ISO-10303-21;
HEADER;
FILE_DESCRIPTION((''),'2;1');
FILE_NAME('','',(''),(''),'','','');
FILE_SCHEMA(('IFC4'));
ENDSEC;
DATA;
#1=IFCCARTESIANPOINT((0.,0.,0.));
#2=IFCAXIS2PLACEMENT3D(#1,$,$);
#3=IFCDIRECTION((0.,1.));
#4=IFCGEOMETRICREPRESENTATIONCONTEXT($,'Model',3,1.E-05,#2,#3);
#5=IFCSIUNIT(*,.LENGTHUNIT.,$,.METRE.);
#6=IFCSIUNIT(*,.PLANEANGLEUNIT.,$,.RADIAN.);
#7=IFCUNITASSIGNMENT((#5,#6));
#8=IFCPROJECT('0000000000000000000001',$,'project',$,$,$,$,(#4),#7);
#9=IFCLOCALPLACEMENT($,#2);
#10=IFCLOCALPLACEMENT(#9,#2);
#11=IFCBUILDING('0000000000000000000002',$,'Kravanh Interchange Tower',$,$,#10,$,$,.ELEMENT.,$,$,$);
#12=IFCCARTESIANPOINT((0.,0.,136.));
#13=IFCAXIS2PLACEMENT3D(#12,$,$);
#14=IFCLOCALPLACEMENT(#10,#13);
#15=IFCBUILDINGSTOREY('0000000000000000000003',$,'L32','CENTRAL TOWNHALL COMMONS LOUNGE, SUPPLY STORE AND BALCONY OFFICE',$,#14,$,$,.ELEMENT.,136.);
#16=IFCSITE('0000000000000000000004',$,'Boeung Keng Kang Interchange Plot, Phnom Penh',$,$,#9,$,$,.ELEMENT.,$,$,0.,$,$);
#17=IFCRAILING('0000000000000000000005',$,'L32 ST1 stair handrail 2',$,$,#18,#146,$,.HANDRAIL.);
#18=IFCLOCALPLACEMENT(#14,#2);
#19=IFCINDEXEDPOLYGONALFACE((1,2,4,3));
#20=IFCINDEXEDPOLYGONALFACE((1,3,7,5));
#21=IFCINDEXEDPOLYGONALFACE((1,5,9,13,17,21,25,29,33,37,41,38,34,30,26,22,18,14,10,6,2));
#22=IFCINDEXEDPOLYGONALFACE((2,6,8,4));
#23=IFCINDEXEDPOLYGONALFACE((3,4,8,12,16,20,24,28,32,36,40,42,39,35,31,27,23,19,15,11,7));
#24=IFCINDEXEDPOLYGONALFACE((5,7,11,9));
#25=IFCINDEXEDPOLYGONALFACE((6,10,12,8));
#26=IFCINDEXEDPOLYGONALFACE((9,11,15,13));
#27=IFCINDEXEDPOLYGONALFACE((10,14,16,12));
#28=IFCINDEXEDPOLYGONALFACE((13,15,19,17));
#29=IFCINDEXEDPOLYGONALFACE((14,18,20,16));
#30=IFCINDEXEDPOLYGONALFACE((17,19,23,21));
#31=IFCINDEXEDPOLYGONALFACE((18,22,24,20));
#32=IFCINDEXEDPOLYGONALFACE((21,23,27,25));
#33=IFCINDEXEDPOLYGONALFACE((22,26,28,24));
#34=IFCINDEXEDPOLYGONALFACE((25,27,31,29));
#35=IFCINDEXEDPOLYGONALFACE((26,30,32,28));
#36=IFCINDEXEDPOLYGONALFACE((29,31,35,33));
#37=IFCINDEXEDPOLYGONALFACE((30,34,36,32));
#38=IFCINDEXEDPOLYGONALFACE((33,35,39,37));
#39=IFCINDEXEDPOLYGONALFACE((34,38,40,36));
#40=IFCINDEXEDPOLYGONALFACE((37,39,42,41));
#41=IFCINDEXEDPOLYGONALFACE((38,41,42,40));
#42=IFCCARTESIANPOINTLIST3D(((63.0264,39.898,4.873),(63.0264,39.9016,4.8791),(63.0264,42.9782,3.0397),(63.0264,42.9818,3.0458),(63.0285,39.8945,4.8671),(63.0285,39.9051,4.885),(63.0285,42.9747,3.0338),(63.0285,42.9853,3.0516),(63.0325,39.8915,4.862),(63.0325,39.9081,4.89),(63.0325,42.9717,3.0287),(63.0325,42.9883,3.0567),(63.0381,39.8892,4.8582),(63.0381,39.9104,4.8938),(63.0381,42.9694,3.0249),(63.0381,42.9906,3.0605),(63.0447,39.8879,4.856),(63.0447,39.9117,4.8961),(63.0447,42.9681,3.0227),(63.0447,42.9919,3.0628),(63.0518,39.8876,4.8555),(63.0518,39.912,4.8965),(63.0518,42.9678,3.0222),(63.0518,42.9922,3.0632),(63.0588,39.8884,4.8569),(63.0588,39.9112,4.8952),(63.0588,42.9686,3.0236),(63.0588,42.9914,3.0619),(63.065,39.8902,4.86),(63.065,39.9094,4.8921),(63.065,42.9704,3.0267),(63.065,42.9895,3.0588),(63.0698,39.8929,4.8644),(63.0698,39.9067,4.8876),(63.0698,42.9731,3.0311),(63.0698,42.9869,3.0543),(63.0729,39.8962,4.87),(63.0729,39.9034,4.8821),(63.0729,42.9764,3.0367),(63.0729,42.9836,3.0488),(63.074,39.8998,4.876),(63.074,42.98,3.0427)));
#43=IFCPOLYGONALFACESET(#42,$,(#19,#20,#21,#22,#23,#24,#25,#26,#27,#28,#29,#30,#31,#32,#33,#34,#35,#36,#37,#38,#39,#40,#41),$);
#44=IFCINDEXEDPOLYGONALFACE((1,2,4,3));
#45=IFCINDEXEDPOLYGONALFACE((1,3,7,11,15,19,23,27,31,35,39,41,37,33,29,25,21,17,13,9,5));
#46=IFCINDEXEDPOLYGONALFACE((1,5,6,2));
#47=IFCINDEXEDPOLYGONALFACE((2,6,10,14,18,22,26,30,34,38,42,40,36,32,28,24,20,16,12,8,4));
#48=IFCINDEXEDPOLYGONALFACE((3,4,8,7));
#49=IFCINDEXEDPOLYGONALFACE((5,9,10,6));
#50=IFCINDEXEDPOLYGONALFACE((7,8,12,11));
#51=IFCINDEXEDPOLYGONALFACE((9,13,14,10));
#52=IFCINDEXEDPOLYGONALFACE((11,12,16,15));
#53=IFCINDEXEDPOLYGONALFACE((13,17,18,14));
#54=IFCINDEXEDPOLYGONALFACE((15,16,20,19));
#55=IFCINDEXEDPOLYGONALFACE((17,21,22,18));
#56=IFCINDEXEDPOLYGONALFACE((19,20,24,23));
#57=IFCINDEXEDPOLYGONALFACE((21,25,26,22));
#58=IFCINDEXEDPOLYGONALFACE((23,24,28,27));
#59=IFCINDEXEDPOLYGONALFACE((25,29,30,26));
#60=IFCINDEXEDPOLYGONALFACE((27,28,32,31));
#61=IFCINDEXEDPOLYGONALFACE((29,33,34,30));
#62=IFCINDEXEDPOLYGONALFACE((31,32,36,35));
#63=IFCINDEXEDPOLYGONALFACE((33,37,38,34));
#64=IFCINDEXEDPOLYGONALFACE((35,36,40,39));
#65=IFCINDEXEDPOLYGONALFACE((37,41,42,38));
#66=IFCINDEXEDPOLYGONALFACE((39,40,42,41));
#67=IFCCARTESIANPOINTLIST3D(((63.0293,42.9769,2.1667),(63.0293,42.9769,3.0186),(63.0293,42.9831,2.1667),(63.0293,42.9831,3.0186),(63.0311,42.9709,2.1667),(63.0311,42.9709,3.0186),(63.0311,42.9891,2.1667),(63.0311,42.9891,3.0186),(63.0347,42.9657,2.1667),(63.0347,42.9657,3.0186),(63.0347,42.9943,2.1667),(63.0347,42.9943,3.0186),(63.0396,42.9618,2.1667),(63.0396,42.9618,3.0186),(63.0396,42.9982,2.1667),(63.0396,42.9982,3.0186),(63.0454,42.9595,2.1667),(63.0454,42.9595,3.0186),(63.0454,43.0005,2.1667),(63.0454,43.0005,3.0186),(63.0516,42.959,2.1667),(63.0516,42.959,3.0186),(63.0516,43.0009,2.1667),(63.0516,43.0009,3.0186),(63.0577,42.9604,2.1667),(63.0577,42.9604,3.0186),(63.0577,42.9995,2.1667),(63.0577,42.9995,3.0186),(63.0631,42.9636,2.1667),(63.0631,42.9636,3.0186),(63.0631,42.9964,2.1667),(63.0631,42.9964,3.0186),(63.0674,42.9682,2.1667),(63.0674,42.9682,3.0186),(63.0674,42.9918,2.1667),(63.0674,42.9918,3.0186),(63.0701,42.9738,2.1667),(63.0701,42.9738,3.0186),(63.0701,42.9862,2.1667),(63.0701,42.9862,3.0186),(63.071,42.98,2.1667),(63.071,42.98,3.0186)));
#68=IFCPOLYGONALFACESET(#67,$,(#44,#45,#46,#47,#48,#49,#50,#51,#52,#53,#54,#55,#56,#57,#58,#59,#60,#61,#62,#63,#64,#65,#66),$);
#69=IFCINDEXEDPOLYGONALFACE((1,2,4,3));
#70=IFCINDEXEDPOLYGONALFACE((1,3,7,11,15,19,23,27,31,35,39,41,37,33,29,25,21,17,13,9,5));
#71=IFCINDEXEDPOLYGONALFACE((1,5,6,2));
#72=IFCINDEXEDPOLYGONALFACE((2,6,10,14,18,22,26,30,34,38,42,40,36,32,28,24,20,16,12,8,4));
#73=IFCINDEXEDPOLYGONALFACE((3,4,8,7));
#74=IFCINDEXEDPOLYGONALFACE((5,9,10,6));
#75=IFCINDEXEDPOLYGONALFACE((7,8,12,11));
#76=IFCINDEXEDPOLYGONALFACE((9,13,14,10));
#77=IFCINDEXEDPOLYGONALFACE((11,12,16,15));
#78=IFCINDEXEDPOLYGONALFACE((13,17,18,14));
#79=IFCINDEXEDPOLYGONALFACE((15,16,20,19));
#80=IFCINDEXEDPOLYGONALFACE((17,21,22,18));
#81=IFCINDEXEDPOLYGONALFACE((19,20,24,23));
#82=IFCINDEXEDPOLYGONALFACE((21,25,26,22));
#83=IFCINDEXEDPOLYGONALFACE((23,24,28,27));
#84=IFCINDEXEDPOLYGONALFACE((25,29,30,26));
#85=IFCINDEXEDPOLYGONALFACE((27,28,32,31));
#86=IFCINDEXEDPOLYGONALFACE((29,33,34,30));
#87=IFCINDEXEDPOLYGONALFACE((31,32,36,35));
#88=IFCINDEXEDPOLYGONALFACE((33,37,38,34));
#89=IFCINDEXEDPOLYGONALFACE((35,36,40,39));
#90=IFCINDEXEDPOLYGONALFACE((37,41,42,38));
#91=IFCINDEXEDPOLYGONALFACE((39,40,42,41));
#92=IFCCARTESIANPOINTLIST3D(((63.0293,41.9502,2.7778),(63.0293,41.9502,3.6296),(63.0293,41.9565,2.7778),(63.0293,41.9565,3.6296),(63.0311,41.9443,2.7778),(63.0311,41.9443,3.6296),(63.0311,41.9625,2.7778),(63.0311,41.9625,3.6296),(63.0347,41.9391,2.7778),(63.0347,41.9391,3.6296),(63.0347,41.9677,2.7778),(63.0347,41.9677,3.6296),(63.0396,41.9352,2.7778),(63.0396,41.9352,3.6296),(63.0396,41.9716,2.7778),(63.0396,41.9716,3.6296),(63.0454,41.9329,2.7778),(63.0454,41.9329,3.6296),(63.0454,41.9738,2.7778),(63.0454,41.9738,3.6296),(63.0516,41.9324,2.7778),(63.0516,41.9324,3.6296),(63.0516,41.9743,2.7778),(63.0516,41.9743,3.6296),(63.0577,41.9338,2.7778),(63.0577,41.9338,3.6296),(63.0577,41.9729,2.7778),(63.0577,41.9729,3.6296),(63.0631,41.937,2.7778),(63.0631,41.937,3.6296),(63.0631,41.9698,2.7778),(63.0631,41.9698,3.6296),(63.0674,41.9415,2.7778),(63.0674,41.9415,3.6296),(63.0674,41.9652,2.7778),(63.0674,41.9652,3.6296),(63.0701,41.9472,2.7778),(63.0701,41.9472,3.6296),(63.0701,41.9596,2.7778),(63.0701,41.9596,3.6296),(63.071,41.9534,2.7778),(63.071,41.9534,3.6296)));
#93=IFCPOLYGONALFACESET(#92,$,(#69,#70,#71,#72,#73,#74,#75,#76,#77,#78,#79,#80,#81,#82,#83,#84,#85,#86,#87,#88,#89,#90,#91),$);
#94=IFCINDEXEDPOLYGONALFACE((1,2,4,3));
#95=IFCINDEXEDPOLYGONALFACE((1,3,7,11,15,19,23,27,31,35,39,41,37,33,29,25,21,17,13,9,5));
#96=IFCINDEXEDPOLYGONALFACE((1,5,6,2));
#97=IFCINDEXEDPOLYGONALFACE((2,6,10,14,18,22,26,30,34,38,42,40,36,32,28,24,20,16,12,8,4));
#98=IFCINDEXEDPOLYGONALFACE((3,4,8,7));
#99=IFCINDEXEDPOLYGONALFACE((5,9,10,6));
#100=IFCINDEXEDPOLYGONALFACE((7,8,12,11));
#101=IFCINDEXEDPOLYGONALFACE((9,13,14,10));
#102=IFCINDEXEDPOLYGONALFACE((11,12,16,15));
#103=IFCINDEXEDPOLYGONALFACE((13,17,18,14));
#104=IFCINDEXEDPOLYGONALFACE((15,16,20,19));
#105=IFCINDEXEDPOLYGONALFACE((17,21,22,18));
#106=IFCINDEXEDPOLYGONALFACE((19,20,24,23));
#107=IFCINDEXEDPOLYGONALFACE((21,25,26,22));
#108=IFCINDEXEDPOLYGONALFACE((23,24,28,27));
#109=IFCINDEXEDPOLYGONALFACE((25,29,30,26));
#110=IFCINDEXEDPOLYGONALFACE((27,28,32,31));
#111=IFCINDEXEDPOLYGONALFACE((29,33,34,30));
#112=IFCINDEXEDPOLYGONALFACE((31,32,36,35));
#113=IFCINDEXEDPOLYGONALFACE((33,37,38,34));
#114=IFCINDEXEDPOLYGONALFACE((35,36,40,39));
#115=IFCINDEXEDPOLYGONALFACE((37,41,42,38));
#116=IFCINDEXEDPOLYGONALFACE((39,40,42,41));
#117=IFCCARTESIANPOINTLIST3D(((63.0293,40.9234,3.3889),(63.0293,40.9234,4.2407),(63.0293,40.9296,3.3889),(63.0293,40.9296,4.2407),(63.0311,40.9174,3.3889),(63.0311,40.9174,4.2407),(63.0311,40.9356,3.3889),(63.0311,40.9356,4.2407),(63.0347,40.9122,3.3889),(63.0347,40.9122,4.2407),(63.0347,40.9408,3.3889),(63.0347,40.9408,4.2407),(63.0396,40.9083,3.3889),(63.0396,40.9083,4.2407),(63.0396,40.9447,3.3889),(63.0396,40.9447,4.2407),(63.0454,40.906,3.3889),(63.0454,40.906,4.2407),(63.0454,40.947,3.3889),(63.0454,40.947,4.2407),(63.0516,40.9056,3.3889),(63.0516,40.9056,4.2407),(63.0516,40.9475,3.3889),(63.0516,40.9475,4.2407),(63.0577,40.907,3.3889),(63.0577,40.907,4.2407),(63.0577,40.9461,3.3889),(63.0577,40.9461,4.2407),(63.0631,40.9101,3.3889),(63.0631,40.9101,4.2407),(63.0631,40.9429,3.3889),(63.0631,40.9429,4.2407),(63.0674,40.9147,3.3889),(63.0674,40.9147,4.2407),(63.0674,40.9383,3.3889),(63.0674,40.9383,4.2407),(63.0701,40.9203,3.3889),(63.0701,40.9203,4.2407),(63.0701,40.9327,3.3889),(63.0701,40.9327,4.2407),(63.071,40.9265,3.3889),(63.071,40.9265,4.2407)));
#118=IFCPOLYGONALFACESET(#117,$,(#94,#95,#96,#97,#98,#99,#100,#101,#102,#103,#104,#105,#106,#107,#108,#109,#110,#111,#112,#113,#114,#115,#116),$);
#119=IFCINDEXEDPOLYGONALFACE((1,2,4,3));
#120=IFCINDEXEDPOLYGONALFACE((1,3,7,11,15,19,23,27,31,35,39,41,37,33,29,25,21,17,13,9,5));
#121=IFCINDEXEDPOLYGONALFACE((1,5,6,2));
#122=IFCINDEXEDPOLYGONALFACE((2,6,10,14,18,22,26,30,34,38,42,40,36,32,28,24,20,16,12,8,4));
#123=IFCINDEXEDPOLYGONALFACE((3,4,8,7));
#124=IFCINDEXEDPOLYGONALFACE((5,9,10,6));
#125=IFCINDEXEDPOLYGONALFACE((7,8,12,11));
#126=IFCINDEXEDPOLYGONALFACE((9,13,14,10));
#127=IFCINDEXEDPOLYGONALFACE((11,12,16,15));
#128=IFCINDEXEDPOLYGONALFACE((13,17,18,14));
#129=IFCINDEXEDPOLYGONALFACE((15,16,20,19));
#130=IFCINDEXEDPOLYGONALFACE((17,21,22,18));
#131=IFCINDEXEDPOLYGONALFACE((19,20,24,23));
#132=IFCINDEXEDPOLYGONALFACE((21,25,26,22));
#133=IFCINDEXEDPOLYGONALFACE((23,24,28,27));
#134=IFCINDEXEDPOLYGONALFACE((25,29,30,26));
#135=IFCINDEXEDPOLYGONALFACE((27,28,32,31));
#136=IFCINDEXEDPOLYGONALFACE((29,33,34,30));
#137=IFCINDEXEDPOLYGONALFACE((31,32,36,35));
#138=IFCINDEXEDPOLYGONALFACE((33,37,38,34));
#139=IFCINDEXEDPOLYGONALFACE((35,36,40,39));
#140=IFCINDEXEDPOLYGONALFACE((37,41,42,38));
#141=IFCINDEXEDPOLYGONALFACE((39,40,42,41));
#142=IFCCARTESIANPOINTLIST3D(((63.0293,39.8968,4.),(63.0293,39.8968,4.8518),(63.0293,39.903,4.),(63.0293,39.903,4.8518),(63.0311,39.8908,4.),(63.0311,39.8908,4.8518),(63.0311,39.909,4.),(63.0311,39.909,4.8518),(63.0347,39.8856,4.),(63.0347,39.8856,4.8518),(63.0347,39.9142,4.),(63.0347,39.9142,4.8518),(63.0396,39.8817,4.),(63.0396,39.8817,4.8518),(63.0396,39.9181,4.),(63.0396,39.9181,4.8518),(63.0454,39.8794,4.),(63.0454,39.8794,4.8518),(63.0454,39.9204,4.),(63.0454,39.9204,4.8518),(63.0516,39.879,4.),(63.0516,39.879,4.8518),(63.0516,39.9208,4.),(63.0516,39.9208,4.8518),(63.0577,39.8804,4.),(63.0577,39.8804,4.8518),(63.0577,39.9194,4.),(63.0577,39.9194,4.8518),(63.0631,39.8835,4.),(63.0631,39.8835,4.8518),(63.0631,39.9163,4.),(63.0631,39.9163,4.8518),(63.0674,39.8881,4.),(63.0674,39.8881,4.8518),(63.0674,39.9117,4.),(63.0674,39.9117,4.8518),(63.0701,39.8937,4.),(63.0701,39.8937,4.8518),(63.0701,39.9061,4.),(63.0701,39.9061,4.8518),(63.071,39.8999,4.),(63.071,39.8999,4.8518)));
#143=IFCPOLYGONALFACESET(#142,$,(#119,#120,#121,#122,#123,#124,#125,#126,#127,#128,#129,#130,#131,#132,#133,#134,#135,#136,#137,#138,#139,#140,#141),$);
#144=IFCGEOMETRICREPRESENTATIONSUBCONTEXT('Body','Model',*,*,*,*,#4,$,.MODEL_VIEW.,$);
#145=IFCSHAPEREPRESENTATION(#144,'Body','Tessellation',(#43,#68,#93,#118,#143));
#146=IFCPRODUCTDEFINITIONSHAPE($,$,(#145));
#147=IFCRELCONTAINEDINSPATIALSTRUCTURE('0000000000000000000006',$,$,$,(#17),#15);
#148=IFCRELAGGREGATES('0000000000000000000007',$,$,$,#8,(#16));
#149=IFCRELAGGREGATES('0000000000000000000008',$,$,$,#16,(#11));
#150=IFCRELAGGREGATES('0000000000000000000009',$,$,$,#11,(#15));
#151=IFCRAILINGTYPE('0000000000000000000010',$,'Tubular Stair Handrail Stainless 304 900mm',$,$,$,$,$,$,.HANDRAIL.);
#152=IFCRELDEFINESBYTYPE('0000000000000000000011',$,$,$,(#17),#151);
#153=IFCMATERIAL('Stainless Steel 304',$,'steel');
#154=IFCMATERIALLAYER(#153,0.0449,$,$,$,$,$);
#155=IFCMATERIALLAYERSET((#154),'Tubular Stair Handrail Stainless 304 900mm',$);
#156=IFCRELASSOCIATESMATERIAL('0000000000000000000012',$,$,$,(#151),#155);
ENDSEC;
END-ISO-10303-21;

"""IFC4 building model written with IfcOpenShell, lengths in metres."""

from ifc_helpers import new_model, si_unit, direction, frame, origin, origin_2d, place, context, subcontext, project, spatial, circle, extrude, material, layer, layer_set, type_object, element, save


model = new_model("IFC4")

# Units and contexts
model_context = context("Model", 3, precision=1e-05, world=origin(), true_north=direction((0.0, 1.0)))
body_context = subcontext(model_context, "Body", "Model", "MODEL_VIEW")
ifc_project = project(units=[si_unit("LENGTHUNIT", "METRE"), si_unit("PLANEANGLEUNIT", "RADIAN")], contexts=[model_context])

# Site, building, storey
site_placement = place(None, origin())
site = spatial("IfcSite", under=ifc_project, at=site_placement, Name="Boeung Keng Kang Interchange Plot, Phnom Penh", CompositionType="ELEMENT", RefElevation=0.0)
building_placement = place(site_placement, origin())
building = spatial("IfcBuilding", under=site, at=building_placement, Name="Kravanh Interchange Tower", CompositionType="ELEMENT")
storey_placement = place(building_placement, frame((0.0, 0.0, 136.0)))
storey = spatial("IfcBuildingStorey", under=building, at=storey_placement, Name="L32", Description="CENTRAL TOWNHALL COMMONS LOUNGE, SUPPLY STORE AND BALCONY OFFICE", CompositionType="ELEMENT", Elevation=136.0)

# Railing
ifc_material_1 = material(Name="Stainless Steel 304", Category="steel")
ifc_layer_1 = layer(ifc_material_1, 0.0449)
ifc_layer_set_1 = layer_set([ifc_layer_1], Name="Tubular Stair Handrail Stainless 304 900mm")
railing_type_1 = type_object("IfcRailingType", Name="Tubular Stair Handrail Stainless 304 900mm", PredefinedType="HANDRAIL", material=ifc_layer_set_1)
railing_1_placement = place(storey_placement, frame((63.05, 42.98, 2.1667)))
element("IfcRailing", 1, at=railing_1_placement, inside=storey, type_object=railing_type_1, Name="L32 ST1 stair handrail 2", PredefinedType="HANDRAIL", context=body_context, shape_type="SweptSolid", body=[
    extrude(circle(Radius=0.0239, at=origin_2d()), frame((0.0, 0.0, 0.876), z_axis=(0.0, -0.859309, 0.511458), x_axis=(1.0, 0.0, 0.0)), (0.0, 0.0, 1.0), 3.5845),
    extrude(circle(Radius=0.021, at=origin_2d()), origin(), (0.0, 0.0, 1.0), 0.8518),
    extrude(circle(Radius=0.021, at=origin_2d()), frame((0.0, -1.0266, 0.6111)), (0.0, 0.0, 1.0), 0.8518),
    extrude(circle(Radius=0.021, at=origin_2d()), frame((0.0, -2.0535, 1.2222)), (0.0, 0.0, 1.0), 0.8518),
    extrude(circle(Radius=0.021, at=origin_2d()), frame((0.0, -3.0801, 1.8333)), (0.0, 0.0, 1.0), 0.8518),
])

save(model, "model.ifc")
